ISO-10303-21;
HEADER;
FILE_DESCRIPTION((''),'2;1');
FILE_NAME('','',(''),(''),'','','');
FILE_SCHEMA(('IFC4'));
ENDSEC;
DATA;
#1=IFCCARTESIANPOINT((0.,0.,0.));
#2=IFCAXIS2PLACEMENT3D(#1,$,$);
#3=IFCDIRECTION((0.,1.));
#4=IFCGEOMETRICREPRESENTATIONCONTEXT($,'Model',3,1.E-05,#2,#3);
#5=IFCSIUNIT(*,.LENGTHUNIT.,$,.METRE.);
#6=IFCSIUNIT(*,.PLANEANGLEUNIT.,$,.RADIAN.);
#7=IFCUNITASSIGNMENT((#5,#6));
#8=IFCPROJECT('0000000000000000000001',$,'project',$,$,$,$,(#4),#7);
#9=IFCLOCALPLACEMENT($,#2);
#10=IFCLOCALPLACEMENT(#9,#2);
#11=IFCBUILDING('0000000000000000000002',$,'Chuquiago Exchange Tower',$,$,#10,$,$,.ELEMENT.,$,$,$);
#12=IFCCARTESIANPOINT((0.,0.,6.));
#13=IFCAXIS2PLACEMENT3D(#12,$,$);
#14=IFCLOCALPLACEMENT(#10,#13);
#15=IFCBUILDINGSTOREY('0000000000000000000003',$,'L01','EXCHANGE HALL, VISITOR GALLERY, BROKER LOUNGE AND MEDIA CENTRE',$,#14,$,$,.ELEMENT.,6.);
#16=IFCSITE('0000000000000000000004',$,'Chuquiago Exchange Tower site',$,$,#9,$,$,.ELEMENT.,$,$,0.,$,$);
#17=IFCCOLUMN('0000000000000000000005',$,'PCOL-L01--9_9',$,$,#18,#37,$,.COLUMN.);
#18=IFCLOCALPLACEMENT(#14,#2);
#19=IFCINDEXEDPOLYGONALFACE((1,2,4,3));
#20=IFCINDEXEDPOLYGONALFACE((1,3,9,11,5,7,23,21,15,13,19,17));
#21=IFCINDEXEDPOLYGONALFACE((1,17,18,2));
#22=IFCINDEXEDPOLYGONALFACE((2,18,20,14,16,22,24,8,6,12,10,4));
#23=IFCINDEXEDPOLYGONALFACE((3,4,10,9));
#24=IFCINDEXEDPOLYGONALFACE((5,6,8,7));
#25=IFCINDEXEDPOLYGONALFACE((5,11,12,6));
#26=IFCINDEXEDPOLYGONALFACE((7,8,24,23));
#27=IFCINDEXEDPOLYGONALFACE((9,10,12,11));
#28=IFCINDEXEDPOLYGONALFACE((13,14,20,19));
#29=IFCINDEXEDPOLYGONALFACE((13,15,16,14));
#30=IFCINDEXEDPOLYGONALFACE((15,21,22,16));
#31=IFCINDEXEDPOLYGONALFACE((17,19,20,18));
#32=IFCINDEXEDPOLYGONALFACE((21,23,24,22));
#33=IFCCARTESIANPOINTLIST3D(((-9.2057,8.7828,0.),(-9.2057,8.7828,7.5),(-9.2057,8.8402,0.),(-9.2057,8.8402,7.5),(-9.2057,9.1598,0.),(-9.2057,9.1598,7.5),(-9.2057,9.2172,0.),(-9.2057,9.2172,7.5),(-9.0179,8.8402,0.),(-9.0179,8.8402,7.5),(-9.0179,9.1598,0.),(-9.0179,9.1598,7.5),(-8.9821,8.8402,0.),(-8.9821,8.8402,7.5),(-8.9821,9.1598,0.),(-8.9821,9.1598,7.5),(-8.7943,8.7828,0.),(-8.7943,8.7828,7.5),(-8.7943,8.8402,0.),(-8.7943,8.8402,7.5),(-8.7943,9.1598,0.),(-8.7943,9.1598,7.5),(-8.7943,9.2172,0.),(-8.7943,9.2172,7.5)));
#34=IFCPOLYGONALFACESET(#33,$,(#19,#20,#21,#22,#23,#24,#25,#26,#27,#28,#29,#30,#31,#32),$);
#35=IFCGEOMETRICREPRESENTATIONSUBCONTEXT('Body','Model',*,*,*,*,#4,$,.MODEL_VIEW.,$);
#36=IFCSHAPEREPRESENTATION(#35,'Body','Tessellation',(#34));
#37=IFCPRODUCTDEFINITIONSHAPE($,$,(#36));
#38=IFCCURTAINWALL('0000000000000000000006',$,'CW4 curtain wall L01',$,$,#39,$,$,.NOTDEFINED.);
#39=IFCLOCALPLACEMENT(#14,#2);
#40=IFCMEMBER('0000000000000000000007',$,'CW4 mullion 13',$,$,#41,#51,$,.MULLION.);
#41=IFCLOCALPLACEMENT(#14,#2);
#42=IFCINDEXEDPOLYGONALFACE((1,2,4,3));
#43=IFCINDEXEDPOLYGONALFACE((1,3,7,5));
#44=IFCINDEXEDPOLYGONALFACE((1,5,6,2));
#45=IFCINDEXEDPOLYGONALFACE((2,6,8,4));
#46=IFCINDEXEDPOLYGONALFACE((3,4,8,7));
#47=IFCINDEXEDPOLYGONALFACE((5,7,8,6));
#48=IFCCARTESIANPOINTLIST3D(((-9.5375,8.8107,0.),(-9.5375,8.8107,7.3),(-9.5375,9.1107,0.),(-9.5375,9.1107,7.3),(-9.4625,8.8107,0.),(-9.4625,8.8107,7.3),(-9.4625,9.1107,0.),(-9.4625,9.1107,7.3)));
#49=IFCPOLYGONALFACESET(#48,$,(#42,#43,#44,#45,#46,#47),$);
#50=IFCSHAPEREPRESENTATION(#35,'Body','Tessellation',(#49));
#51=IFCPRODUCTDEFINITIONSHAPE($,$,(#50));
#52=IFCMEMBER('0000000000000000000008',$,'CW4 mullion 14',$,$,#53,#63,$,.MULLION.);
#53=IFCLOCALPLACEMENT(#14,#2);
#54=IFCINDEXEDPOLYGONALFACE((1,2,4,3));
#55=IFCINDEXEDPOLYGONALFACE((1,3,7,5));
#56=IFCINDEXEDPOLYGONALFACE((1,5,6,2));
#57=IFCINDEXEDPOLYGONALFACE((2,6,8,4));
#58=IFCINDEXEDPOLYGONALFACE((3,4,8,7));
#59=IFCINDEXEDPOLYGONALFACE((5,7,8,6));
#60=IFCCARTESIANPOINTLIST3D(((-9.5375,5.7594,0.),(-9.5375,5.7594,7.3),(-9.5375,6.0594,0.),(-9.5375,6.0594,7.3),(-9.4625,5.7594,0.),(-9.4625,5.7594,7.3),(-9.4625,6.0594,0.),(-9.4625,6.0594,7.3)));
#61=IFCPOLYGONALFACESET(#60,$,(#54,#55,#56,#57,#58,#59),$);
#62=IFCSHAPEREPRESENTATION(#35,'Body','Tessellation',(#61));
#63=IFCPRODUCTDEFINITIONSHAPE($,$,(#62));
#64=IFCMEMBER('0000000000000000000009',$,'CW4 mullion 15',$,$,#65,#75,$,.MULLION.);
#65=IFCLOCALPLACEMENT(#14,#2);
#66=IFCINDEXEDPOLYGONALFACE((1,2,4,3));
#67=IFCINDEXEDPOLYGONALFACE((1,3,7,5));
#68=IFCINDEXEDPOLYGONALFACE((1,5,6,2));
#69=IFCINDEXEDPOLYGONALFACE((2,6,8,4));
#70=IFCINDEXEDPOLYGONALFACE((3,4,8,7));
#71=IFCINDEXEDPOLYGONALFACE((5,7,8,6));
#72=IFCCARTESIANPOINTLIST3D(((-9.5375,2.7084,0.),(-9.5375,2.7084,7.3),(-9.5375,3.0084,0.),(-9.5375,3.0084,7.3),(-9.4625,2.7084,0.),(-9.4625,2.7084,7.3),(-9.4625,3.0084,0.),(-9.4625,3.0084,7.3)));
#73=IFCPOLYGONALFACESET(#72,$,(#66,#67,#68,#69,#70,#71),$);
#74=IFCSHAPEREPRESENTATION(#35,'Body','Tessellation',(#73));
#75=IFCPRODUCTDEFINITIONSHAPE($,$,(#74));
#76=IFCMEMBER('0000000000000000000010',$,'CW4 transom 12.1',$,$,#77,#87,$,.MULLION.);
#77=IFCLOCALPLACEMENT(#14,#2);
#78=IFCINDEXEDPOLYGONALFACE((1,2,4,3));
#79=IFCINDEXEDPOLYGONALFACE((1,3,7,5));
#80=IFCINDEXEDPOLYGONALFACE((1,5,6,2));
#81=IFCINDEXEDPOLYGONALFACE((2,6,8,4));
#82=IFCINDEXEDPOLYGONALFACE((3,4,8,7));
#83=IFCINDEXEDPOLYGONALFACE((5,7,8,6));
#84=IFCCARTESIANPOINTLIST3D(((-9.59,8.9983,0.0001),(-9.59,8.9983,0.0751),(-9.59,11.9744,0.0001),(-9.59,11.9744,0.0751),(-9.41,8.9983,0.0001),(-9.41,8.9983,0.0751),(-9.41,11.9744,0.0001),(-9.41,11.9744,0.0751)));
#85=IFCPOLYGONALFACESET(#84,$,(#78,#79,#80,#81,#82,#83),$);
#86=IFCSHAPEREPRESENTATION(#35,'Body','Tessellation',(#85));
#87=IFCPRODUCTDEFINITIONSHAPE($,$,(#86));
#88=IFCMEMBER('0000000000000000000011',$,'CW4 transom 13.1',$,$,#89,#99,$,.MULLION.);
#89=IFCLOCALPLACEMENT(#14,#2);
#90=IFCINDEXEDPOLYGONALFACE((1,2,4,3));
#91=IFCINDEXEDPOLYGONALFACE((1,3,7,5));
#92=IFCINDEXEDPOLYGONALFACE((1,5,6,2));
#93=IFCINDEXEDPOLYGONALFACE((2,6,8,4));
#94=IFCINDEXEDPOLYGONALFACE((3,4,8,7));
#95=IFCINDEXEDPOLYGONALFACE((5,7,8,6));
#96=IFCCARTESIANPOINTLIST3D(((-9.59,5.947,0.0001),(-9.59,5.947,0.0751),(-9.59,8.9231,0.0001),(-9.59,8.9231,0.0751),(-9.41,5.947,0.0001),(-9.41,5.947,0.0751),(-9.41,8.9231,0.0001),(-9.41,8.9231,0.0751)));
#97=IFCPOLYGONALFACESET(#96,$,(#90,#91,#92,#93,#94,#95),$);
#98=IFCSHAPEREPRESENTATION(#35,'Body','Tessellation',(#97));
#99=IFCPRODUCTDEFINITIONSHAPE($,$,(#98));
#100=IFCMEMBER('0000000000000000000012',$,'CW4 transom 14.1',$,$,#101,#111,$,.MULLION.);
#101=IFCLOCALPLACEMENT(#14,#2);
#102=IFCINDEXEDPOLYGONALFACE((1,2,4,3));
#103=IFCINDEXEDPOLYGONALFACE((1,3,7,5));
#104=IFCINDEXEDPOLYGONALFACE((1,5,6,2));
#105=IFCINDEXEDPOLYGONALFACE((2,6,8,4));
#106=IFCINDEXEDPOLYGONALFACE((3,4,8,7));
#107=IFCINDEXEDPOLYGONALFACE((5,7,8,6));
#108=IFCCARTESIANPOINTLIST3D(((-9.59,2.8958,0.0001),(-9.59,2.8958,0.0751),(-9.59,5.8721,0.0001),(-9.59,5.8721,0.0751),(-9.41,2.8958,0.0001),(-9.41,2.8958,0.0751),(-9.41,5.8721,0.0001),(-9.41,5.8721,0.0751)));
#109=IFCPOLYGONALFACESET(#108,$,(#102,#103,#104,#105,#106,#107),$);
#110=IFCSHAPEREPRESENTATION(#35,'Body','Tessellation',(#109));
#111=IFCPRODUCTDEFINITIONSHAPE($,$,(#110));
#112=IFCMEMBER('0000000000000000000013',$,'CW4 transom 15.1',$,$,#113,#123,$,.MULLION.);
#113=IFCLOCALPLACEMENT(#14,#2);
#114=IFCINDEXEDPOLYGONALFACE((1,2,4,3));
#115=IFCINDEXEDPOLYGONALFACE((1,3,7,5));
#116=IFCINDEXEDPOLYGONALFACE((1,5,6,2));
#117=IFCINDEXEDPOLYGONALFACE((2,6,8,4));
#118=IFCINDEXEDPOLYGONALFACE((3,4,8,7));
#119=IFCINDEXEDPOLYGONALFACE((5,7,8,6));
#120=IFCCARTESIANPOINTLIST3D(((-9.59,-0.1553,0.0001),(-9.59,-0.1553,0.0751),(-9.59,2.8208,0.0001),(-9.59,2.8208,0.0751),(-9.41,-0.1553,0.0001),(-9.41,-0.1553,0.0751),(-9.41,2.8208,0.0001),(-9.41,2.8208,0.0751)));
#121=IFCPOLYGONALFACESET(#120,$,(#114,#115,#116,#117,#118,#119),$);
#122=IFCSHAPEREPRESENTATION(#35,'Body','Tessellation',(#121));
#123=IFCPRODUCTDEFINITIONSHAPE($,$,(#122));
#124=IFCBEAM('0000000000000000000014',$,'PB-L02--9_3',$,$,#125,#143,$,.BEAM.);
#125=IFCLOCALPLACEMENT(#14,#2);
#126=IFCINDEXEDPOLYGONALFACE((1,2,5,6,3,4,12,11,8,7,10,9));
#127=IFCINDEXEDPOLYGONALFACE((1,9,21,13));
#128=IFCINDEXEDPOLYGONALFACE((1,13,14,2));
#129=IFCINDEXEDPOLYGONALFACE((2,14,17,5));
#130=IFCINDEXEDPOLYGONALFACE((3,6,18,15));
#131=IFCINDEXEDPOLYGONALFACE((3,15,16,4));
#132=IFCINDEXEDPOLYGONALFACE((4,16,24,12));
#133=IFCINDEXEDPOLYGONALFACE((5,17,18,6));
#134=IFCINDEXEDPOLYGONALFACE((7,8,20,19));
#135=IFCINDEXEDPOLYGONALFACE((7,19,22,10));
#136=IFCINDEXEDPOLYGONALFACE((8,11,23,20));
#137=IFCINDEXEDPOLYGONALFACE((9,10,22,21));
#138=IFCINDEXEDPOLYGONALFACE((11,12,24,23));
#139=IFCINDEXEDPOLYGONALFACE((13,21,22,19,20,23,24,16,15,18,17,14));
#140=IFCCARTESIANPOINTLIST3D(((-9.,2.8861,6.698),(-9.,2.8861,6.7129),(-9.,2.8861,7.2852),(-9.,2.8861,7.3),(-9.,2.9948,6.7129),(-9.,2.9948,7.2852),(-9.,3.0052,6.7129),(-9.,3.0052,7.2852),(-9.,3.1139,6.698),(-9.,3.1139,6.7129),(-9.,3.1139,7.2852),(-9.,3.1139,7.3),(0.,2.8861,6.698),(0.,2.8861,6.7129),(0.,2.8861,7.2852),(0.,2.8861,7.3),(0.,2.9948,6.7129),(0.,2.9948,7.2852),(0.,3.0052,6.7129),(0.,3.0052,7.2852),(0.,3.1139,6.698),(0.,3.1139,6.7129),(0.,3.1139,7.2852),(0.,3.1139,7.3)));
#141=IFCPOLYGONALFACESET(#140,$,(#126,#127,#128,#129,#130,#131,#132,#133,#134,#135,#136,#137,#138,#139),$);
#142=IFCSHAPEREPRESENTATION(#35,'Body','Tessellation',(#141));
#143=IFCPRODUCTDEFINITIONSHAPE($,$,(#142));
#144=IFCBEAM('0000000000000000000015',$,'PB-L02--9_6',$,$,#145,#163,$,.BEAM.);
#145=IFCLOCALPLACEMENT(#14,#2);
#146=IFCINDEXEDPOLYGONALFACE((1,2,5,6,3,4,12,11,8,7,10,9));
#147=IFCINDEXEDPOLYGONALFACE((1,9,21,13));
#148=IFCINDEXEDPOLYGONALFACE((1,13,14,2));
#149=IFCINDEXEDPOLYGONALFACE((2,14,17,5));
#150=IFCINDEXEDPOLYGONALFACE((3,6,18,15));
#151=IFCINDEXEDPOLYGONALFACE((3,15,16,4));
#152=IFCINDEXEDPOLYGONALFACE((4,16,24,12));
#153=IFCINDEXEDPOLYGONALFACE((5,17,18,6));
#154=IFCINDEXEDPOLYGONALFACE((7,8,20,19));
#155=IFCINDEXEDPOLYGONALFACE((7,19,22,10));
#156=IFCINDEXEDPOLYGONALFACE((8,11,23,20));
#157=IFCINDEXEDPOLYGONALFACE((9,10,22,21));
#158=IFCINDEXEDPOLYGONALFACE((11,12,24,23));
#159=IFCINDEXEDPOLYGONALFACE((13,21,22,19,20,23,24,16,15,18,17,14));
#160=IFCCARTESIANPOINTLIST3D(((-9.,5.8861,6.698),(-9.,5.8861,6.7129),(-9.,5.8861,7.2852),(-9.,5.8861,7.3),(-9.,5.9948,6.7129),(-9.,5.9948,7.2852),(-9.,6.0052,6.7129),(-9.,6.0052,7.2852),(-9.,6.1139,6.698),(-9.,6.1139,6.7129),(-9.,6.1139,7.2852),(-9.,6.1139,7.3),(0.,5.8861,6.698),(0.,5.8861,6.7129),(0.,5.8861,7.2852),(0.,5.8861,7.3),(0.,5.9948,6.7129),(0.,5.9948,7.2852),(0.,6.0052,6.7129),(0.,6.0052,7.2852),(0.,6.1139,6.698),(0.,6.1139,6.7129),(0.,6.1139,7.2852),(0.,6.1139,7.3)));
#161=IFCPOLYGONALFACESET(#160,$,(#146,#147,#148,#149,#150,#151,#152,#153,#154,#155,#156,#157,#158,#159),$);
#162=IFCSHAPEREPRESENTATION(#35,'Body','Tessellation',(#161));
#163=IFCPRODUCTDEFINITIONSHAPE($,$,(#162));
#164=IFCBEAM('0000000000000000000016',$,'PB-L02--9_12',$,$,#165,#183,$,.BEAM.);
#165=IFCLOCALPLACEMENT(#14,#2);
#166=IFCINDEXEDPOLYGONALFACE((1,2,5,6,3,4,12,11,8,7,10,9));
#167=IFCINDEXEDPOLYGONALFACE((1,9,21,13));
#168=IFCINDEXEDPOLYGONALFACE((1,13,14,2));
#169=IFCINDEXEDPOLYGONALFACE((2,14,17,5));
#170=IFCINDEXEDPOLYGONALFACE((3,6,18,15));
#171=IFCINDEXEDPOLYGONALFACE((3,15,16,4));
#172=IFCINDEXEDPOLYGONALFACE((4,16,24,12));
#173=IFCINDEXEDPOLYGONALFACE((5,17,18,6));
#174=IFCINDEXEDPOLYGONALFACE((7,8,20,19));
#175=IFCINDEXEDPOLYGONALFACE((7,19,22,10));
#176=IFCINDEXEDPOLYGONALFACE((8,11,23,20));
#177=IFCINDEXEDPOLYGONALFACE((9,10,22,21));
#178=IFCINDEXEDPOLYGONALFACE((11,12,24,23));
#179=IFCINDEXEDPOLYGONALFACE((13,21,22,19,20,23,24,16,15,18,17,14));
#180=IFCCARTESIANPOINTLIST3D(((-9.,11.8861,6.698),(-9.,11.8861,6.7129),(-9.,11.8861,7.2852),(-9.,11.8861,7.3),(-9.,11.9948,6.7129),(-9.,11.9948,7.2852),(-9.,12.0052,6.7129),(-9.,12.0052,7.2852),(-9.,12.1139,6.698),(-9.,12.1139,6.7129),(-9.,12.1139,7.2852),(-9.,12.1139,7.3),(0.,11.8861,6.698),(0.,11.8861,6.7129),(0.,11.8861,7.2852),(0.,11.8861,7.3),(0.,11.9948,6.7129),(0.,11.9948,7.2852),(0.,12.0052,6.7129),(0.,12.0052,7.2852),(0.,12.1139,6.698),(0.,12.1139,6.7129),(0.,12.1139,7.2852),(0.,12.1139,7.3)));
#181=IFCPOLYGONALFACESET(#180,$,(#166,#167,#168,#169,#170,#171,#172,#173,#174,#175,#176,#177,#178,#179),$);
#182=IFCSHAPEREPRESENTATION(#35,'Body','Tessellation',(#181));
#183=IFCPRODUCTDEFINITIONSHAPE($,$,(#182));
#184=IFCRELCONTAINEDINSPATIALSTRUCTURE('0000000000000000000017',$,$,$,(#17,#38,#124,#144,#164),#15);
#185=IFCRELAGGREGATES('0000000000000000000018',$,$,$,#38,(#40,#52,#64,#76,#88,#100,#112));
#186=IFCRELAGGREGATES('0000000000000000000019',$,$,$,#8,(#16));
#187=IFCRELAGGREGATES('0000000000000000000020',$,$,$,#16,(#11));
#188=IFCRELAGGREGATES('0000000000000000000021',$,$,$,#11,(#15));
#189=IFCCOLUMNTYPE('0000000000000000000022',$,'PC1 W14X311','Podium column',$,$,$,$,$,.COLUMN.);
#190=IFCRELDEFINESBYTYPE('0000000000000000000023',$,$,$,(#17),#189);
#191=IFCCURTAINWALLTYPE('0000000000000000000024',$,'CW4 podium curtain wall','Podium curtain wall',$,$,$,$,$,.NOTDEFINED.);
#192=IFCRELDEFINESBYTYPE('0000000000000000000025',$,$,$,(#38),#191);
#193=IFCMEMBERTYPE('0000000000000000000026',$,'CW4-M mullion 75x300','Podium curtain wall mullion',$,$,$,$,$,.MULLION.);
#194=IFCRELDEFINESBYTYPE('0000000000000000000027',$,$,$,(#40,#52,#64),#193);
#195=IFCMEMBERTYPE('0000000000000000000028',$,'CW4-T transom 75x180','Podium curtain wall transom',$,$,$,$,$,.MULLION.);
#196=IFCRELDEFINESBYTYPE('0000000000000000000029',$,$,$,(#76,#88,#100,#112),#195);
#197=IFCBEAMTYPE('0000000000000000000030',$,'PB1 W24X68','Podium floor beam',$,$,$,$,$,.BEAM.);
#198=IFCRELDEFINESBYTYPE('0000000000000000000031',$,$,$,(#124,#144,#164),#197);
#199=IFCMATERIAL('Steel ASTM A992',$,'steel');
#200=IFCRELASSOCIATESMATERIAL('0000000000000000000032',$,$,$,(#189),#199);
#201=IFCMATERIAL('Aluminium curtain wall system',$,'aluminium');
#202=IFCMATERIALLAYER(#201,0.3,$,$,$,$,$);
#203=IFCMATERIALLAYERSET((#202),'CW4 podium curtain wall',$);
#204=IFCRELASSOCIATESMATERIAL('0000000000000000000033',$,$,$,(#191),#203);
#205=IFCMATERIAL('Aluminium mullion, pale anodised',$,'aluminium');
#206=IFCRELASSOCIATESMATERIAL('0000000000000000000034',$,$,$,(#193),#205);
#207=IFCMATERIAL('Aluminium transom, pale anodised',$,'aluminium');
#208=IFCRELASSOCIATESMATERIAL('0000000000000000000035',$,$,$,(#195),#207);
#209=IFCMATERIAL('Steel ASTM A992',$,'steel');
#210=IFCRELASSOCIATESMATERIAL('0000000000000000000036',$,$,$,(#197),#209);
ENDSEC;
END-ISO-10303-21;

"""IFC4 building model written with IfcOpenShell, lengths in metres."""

from ifc_helpers import new_model, si_unit, direction, frame, origin, origin_2d, place, context, subcontext, project, spatial, rectangle, i_section, extrude, material, layer, layer_set, material_profile, profile_set, type_object, element, aggregate, save


model = new_model("IFC4")

# Units and contexts
model_context = context("Model", 3, precision=1e-05, world=origin(), true_north=direction((0.0, 1.0)))
body_context = subcontext(model_context, "Body", "Model", "MODEL_VIEW")
ifc_project = project(units=[si_unit("LENGTHUNIT", "METRE"), si_unit("PLANEANGLEUNIT", "RADIAN")], contexts=[model_context])

# Site, building, storey
site_placement = place(None, origin())
site = spatial("IfcSite", under=ifc_project, at=site_placement, Name="Chuquiago Exchange Tower site", CompositionType="ELEMENT", RefElevation=0.0)
building_placement = place(site_placement, origin())
building = spatial("IfcBuilding", under=site, at=building_placement, Name="Chuquiago Exchange Tower", CompositionType="ELEMENT")
storey_placement = place(building_placement, frame((0.0, 0.0, 6.0)))
storey = spatial("IfcBuildingStorey", under=building, at=storey_placement, Name="L01", Description="EXCHANGE HALL, VISITOR GALLERY, BROKER LOUNGE AND MEDIA CENTRE", CompositionType="ELEMENT", Elevation=6.0)

# Column
ifc_material_1 = material(Name="Steel ASTM A992", Category="steel")
ifc_material_profile_1 = material_profile(ifc_material_1, i_section(OverallWidth=0.4114, OverallDepth=0.4343, WebThickness=0.0359, FlangeThickness=0.0574, at=origin_2d()), Name="W14X311")
ifc_profile_set_1 = profile_set([ifc_material_profile_1], Name="Steel ASTM A992")
column_type = type_object("IfcColumnType", Name="PC1 W14X311", Description="Podium column", PredefinedType="COLUMN", material=ifc_profile_set_1)
column_placement = place(storey_placement, frame((-9.0, 9.0, 0.0), z_axis=(0.0, 0.0, 1.0), x_axis=(1.0, 0.0, 0.0)))
element("IfcColumn", 1, at=column_placement, inside=storey, type_object=column_type, Name="PCOL-L01--9_9", PredefinedType="COLUMN", context=body_context, shape_type="SweptSolid", body=[
    extrude(i_section(OverallWidth=0.4114, OverallDepth=0.4343, WebThickness=0.0359, FlangeThickness=0.0574, at=origin_2d()), origin(), (0.0, 0.0, 1.0), 7.5),
])

# Curtain wall, members
ifc_material_2 = material(Name="Aluminium curtain wall system", Category="aluminium")
ifc_layer_1 = layer(ifc_material_2, 0.3)
ifc_layer_set_1 = layer_set([ifc_layer_1], Name="CW4 podium curtain wall")
curtain_wall_type = type_object("IfcCurtainWallType", Name="CW4 podium curtain wall", Description="Podium curtain wall", PredefinedType="NOTDEFINED", material=ifc_layer_set_1)
curtain_wall_placement = place(storey_placement, origin())
curtain_wall = element("IfcCurtainWall", 2, at=curtain_wall_placement, inside=storey, type_object=curtain_wall_type, Name="CW4 curtain wall L01", PredefinedType="NOTDEFINED")
ifc_material_3 = material(Name="Aluminium mullion, pale anodised", Category="aluminium")
ifc_material_profile_2 = material_profile(ifc_material_3, rectangle(XDim=0.075, YDim=0.3, at=origin_2d()), Name="AL 75x300")
ifc_profile_set_2 = profile_set([ifc_material_profile_2], Name="Aluminium mullion, pale anodised")
member_type_1 = type_object("IfcMemberType", Name="CW4-M mullion 75x300", Description="Podium curtain wall mullion", PredefinedType="MULLION", material=ifc_profile_set_2)
member_1_placement = place(storey_placement, frame((-9.5, 8.9607, 0.0), z_axis=(0.0, 0.0, 1.0), x_axis=(1.0, 0.0, 0.0)))
member_1 = element("IfcMember", 3, at=member_1_placement, type_object=member_type_1, Name="CW4 mullion 13", PredefinedType="MULLION", context=body_context, shape_type="SweptSolid", body=[
    extrude(rectangle(XDim=0.075, YDim=0.3, at=origin_2d()), origin(), (0.0, 0.0, 1.0), 7.3),
])
member_2_placement = place(storey_placement, frame((-9.5, 5.9094, 0.0), z_axis=(0.0, 0.0, 1.0), x_axis=(1.0, 0.0, 0.0)))
member_2 = element("IfcMember", 4, at=member_2_placement, type_object=member_type_1, Name="CW4 mullion 14", PredefinedType="MULLION", context=body_context, shape_type="SweptSolid", body=[
    extrude(rectangle(XDim=0.075, YDim=0.3, at=origin_2d()), origin(), (0.0, 0.0, 1.0), 7.3),
])
member_3_placement = place(storey_placement, frame((-9.5, 2.8584, 0.0), z_axis=(0.0, 0.0, 1.0), x_axis=(1.0, 0.0, 0.0)))
member_3 = element("IfcMember", 5, at=member_3_placement, type_object=member_type_1, Name="CW4 mullion 15", PredefinedType="MULLION", context=body_context, shape_type="SweptSolid", body=[
    extrude(rectangle(XDim=0.075, YDim=0.3, at=origin_2d()), origin(), (0.0, 0.0, 1.0), 7.3),
])
ifc_material_4 = material(Name="Aluminium transom, pale anodised", Category="aluminium")
ifc_material_profile_3 = material_profile(ifc_material_4, rectangle(XDim=0.1799, YDim=0.075, at=origin_2d()), Name="AL 180x75")
ifc_profile_set_3 = profile_set([ifc_material_profile_3], Name="Aluminium transom, pale anodised")
member_type_2 = type_object("IfcMemberType", Name="CW4-T transom 75x180", Description="Podium curtain wall transom", PredefinedType="MULLION", material=ifc_profile_set_3)
member_4_placement = place(storey_placement, frame((-9.5, 11.9744, 0.0376), z_axis=(0.0, -1.0, 0.0), x_axis=(1.0, 0.0, 0.0)))
member_4 = element("IfcMember", 6, at=member_4_placement, type_object=member_type_2, Name="CW4 transom 12.1", PredefinedType="MULLION", context=body_context, shape_type="SweptSolid", body=[
    extrude(rectangle(XDim=0.1799, YDim=0.075, at=origin_2d()), origin(), (0.0, 0.0, 1.0), 2.9761),
])
member_5_placement = place(storey_placement, frame((-9.5, 8.9231, 0.0376), z_axis=(0.0, -1.0, 0.0), x_axis=(1.0, 0.0, 0.0)))
member_5 = element("IfcMember", 7, at=member_5_placement, type_object=member_type_2, Name="CW4 transom 13.1", PredefinedType="MULLION", context=body_context, shape_type="SweptSolid", body=[
    extrude(rectangle(XDim=0.1799, YDim=0.075, at=origin_2d()), origin(), (0.0, 0.0, 1.0), 2.9761),
])
member_6_placement = place(storey_placement, frame((-9.5, 5.8721, 0.0376), z_axis=(0.0, -1.0, 0.0), x_axis=(1.0, 0.0, 0.0)))
member_6 = element("IfcMember", 8, at=member_6_placement, type_object=member_type_2, Name="CW4 transom 14.1", PredefinedType="MULLION", context=body_context, shape_type="SweptSolid", body=[
    extrude(rectangle(XDim=0.1799, YDim=0.075, at=origin_2d()), origin(), (0.0, 0.0, 1.0), 2.9763),
])
member_7_placement = place(storey_placement, frame((-9.5, 2.8208, 0.0376), z_axis=(0.0, -1.0, 0.0), x_axis=(1.0, 0.0, 0.0)))
member_7 = element("IfcMember", 9, at=member_7_placement, type_object=member_type_2, Name="CW4 transom 15.1", PredefinedType="MULLION", context=body_context, shape_type="SweptSolid", body=[
    extrude(rectangle(XDim=0.1799, YDim=0.075, at=origin_2d()), origin(), (0.0, 0.0, 1.0), 2.9761),
])

# Beams
ifc_material_5 = material(Name="Steel ASTM A992", Category="steel")
ifc_material_profile_4 = material_profile(ifc_material_5, i_section(OverallWidth=0.2278, OverallDepth=0.6021, WebThickness=0.0105, FlangeThickness=0.0149, at=origin_2d()), Name="W24X68")
ifc_profile_set_4 = profile_set([ifc_material_profile_4], Name="Steel ASTM A992")
beam_type_1 = type_object("IfcBeamType", Name="PB1 W24X68", Description="Podium floor beam", PredefinedType="BEAM", material=ifc_profile_set_4)
for number, where, z_axis, x_axis, name in (
    (10, (-9.0, 3.0, 6.999), (1.0, 0.0, 0.0), (0.0, 1.0, 0.0), "PB-L02--9_3"),
    (11, (-9.0, 6.0, 6.999), (1.0, 0.0, 0.0), (0.0, 1.0, 0.0), "PB-L02--9_6"),
    (12, (-9.0, 12.0, 6.999), (1.0, 0.0, 0.0), (0.0, 1.0, 0.0), "PB-L02--9_12"),
):
    element("IfcBeam", number, at=place(storey_placement, frame(where, z_axis=z_axis, x_axis=x_axis)), inside=storey, type_object=beam_type_1, Name=name, PredefinedType="BEAM", context=body_context, shape_type="SweptSolid", body=[
        extrude(i_section(OverallWidth=0.2278, OverallDepth=0.6021, WebThickness=0.0105, FlangeThickness=0.0149, at=origin_2d()), origin(), (0.0, 0.0, 1.0), 9.0),
    ])

aggregate(curtain_wall, [member_1, member_2, member_3, member_4, member_5, member_6, member_7])

save(model, "model.ifc")
